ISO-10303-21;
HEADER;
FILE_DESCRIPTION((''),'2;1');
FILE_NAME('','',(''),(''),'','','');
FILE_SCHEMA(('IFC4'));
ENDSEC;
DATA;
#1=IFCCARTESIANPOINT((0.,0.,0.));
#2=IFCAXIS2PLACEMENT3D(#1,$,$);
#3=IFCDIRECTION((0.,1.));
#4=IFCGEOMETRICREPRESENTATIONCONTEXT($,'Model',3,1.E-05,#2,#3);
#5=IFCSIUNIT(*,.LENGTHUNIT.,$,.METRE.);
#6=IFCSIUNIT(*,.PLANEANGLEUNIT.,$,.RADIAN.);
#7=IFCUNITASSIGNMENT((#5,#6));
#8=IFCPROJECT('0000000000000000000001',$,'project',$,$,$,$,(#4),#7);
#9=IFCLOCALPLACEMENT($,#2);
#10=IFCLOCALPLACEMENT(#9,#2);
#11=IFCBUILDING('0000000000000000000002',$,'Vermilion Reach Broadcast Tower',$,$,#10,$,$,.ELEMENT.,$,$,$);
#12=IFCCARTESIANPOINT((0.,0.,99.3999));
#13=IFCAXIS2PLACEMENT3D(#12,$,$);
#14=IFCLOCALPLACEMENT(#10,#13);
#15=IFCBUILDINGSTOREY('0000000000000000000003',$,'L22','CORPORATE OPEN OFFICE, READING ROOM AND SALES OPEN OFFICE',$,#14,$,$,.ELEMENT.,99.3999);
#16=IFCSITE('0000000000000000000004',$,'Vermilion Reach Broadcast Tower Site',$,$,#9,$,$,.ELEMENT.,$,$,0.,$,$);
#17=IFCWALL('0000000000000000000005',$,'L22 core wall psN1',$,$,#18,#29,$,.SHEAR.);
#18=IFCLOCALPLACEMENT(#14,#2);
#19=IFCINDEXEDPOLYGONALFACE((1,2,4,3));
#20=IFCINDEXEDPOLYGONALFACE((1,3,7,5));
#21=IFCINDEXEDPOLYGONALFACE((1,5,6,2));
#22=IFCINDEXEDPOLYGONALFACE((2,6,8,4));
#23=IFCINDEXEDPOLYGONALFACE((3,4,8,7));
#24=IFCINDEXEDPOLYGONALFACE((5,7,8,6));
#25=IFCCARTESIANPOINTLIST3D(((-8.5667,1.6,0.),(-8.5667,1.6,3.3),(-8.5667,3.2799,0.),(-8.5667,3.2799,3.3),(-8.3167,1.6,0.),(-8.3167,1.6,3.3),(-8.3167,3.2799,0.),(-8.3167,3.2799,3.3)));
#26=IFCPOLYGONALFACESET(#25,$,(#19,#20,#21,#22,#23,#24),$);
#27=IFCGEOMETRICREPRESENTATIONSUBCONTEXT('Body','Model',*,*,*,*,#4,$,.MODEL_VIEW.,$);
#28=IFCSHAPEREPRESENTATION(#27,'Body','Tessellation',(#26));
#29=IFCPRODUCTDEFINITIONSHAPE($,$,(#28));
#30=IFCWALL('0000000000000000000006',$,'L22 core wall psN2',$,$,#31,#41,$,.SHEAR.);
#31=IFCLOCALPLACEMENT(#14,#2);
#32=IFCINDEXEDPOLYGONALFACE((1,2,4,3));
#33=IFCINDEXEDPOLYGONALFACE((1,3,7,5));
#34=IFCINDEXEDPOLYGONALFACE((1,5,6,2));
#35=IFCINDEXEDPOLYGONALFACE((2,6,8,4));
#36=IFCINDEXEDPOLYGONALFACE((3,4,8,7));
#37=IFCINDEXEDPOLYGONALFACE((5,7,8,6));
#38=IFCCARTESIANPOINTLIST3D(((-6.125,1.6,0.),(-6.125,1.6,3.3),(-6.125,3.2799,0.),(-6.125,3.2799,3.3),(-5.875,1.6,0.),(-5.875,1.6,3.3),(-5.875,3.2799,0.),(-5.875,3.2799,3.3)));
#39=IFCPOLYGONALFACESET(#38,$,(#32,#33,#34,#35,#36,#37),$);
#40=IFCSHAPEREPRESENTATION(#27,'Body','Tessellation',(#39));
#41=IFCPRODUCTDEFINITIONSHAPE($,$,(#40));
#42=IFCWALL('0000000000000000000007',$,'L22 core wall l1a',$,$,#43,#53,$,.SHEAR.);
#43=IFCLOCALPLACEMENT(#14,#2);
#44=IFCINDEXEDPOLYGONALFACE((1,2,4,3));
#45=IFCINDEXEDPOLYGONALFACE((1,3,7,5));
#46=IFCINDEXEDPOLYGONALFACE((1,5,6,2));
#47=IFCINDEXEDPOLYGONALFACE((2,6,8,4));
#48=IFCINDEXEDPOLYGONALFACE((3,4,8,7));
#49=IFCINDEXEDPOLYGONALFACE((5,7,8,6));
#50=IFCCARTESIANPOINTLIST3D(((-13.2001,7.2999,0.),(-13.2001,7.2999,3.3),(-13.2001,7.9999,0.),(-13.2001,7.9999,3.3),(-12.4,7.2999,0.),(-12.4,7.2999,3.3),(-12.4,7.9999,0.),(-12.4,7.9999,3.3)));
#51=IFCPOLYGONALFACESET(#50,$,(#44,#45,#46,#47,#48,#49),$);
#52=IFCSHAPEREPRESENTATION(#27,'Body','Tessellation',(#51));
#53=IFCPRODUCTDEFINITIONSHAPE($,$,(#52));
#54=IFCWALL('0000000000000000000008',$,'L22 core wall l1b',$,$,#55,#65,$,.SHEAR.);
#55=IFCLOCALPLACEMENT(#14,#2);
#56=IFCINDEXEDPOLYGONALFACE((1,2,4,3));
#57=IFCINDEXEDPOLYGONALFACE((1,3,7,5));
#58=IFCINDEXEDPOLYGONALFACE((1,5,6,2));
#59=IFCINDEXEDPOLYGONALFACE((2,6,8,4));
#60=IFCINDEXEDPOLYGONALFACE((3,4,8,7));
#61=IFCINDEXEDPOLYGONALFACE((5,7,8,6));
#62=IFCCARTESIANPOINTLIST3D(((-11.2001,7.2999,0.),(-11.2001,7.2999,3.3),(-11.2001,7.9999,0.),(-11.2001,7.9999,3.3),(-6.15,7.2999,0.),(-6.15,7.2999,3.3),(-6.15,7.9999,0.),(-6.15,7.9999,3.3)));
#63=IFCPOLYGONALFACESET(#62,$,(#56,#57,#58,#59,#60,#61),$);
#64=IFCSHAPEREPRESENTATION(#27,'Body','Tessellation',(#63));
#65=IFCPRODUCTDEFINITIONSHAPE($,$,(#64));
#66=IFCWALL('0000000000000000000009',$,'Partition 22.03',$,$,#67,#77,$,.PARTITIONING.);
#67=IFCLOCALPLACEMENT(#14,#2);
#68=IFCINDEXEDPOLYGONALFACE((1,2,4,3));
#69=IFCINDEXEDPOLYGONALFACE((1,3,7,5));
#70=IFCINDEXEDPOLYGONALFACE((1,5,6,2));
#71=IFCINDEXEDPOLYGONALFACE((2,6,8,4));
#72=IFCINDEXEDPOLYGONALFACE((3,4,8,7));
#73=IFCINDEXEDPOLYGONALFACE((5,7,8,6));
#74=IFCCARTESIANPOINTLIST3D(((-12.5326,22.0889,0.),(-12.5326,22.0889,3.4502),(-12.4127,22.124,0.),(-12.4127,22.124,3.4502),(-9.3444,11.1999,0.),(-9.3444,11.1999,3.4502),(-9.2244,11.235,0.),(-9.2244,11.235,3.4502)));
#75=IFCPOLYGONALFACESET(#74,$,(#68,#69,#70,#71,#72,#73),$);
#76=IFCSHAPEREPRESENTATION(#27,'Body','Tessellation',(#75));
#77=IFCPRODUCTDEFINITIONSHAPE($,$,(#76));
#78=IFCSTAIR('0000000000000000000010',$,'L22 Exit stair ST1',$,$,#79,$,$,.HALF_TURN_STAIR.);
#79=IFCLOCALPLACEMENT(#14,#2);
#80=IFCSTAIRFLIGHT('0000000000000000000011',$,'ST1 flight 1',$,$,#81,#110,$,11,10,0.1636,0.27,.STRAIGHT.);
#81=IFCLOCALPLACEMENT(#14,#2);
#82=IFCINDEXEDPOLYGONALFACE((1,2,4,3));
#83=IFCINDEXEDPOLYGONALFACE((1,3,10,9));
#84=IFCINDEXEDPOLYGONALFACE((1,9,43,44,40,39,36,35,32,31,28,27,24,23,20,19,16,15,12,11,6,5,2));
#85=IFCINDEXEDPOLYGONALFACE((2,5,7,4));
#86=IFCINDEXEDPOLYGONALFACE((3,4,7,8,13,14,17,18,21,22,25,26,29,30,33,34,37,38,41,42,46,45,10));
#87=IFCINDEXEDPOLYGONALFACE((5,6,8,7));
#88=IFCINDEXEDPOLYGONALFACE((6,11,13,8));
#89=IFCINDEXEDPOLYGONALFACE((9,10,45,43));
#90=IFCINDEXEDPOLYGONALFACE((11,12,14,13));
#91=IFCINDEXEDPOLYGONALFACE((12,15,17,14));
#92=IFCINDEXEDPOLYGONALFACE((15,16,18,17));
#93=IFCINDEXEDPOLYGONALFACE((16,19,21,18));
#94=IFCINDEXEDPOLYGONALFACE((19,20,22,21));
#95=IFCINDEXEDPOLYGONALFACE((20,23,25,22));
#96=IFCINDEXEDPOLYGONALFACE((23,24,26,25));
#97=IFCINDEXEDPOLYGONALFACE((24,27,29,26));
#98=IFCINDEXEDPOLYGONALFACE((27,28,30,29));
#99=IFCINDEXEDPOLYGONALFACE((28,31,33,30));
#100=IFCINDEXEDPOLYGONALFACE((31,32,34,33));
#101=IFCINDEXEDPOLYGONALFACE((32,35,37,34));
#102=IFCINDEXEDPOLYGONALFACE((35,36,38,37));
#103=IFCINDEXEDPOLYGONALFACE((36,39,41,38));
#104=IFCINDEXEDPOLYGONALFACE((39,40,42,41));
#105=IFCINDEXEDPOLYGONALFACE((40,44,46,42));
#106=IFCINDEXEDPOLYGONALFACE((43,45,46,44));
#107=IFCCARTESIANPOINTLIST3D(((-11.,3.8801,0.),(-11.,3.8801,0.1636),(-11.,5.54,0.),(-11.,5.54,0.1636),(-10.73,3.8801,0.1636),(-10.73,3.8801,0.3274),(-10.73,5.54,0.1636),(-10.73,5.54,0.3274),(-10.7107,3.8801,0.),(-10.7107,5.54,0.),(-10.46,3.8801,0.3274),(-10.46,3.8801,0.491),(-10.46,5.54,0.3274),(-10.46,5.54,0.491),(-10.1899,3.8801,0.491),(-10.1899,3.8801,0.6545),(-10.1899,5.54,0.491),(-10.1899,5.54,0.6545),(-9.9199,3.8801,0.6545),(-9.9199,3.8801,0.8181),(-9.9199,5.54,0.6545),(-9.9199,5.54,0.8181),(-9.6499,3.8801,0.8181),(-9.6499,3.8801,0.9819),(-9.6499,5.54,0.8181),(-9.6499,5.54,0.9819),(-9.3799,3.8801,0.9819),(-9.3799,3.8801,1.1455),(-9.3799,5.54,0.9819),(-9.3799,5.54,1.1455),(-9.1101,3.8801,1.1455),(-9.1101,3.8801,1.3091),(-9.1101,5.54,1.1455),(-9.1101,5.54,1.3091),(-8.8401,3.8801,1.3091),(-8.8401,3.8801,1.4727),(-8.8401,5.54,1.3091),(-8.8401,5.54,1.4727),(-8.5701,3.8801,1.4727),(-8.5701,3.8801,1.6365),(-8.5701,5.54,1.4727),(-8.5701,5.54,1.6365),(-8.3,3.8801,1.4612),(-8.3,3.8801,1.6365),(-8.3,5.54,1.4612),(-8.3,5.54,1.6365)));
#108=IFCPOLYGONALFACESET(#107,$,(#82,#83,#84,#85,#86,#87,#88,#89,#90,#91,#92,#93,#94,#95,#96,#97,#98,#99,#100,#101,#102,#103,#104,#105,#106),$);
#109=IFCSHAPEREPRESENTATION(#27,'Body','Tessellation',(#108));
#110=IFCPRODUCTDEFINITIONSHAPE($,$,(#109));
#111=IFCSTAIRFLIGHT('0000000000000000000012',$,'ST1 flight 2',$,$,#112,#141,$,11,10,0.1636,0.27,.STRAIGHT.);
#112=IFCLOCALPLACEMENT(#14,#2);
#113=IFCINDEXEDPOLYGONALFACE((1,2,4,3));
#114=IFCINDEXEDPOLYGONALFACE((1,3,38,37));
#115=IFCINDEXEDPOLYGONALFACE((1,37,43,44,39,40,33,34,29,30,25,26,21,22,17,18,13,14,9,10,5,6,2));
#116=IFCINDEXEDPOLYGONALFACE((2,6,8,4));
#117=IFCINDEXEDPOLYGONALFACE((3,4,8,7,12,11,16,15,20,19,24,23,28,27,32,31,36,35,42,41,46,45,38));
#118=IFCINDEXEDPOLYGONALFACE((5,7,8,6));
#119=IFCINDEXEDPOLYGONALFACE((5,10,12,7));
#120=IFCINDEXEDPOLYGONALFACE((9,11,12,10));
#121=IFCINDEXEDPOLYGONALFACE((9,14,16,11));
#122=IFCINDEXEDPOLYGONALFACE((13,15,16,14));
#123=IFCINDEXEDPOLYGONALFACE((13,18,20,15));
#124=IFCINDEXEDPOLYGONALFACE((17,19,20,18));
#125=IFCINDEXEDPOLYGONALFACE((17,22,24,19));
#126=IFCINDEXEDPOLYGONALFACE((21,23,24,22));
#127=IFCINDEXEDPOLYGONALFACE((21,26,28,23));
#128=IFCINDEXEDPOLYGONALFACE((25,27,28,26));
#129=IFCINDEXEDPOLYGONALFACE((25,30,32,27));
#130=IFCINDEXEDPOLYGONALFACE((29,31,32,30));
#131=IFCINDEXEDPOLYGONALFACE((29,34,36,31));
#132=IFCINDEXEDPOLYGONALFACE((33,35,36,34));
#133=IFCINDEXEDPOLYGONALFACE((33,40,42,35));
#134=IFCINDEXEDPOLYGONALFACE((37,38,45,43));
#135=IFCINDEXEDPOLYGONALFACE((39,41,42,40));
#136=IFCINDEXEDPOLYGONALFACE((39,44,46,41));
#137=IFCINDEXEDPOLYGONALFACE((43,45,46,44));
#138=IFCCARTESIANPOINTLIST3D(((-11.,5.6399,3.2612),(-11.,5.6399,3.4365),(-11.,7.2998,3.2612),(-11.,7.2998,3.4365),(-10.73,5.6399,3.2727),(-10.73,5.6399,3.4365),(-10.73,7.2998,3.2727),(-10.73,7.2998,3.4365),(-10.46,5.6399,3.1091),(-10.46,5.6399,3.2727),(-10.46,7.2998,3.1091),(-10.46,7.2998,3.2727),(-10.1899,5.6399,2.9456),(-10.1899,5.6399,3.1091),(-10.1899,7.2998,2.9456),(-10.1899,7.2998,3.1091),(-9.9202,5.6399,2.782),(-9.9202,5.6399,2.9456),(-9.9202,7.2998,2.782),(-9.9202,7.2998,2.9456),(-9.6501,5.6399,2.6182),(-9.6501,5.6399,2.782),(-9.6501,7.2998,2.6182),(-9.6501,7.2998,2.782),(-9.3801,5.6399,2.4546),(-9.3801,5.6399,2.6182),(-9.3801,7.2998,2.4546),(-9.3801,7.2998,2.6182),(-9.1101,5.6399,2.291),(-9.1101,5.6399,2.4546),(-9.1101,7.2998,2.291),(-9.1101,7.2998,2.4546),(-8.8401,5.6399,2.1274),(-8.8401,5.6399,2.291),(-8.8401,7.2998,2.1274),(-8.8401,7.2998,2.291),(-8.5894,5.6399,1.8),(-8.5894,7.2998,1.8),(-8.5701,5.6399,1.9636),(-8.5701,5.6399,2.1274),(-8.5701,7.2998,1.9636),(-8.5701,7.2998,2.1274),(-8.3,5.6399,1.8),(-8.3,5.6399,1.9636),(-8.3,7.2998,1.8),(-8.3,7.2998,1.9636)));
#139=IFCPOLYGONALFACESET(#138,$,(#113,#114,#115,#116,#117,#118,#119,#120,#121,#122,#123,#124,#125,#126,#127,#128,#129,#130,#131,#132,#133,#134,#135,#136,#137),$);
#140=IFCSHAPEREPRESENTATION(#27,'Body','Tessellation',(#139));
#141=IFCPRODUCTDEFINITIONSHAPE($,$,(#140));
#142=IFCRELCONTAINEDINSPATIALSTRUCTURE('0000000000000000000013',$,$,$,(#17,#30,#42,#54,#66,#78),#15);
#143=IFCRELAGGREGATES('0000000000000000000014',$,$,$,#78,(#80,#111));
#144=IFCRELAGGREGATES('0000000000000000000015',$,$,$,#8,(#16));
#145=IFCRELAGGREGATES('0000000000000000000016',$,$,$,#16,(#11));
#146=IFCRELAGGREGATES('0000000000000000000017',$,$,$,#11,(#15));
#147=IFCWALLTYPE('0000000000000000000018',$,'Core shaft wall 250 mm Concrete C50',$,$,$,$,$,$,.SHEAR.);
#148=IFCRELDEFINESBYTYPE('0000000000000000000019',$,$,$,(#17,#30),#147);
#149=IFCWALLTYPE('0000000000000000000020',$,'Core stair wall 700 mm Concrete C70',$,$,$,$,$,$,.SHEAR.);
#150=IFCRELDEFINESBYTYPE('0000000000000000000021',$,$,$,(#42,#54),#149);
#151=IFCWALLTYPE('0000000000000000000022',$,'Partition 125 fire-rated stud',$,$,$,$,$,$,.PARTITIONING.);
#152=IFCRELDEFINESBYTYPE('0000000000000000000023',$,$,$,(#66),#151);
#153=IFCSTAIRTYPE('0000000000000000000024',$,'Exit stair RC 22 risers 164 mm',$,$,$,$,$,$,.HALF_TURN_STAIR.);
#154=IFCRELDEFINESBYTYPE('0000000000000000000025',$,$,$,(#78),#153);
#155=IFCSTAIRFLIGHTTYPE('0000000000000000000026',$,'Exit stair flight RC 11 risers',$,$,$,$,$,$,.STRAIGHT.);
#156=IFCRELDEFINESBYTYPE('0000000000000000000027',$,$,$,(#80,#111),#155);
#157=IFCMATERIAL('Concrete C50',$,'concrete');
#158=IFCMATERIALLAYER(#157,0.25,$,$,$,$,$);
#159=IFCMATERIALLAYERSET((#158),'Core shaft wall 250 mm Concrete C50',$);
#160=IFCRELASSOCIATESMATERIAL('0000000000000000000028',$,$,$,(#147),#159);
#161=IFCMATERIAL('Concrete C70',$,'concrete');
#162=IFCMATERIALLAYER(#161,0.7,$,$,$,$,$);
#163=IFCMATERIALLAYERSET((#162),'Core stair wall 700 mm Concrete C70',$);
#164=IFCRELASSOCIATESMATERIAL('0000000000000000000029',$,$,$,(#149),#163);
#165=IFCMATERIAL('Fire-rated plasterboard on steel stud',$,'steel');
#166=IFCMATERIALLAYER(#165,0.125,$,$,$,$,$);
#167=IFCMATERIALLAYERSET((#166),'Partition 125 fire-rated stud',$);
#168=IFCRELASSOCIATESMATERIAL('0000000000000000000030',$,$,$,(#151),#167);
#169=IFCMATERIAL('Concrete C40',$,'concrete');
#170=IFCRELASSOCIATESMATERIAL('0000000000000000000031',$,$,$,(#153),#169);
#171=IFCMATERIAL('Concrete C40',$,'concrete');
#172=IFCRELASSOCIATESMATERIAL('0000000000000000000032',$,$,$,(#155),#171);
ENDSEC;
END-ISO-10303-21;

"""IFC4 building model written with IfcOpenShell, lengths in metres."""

from ifc_helpers import new_model, si_unit, direction, frame, frame_2d, origin, place, context, subcontext, project, spatial, polyline, rectangle, outline, extrude, material, layer, layer_set, type_object, element, aggregate, save


model = new_model("IFC4")

# Units and contexts
model_context = context("Model", 3, precision=1e-05, world=origin(), true_north=direction((0.0, 1.0)))
body_context = subcontext(model_context, "Body", "Model", "MODEL_VIEW")
ifc_project = project(units=[si_unit("LENGTHUNIT", "METRE"), si_unit("PLANEANGLEUNIT", "RADIAN")], contexts=[model_context])

# Site, building, storey
site_placement = place(None, origin())
site = spatial("IfcSite", under=ifc_project, at=site_placement, Name="Vermilion Reach Broadcast Tower Site", CompositionType="ELEMENT", RefElevation=0.0)
building_placement = place(site_placement, origin())
building = spatial("IfcBuilding", under=site, at=building_placement, Name="Vermilion Reach Broadcast Tower", CompositionType="ELEMENT")
storey_placement = place(building_placement, frame((0.0, 0.0, 99.3999)))
storey = spatial("IfcBuildingStorey", under=building, at=storey_placement, Name="L22", Description="CORPORATE OPEN OFFICE, READING ROOM AND SALES OPEN OFFICE", CompositionType="ELEMENT", Elevation=99.3999)

# Shared definitions
placement = place(storey_placement, origin())

# Walls
ifc_material_1 = material(Name="Concrete C50", Category="concrete")
ifc_layer_1 = layer(ifc_material_1, 0.25)
ifc_layer_set_1 = layer_set([ifc_layer_1], Name="Core shaft wall 250 mm Concrete C50")
wall_type_1 = type_object("IfcWallType", Name="Core shaft wall 250 mm Concrete C50", PredefinedType="SHEAR", material=ifc_layer_set_1)
for number, where, z_axis, x_axis, name in (
    (1, (-8.4417, 1.6001, 0.0), (0.0, 0.0, 1.0), (0.0, 1.0, 0.0), "L22 core wall psN1"),
    (2, (-6.0, 1.6001, 0.0), (0.0, 0.0, 1.0), (0.0, 1.0, 0.0), "L22 core wall psN2"),
):
    element("IfcWall", number, at=place(storey_placement, frame(where, z_axis=z_axis, x_axis=x_axis)), inside=storey, type_object=wall_type_1, Name=name, PredefinedType="SHEAR", context=body_context, shape_type="SweptSolid", body=[
        extrude(rectangle(XDim=1.6799, YDim=0.25, at=frame_2d((0.8398, 0.0))), origin(), (0.0, 0.0, 1.0), 3.3),
    ])
ifc_material_2 = material(Name="Concrete C70", Category="concrete")
ifc_layer_2 = layer(ifc_material_2, 0.7)
ifc_layer_set_2 = layer_set([ifc_layer_2], Name="Core stair wall 700 mm Concrete C70")
wall_type_2 = type_object("IfcWallType", Name="Core stair wall 700 mm Concrete C70", PredefinedType="SHEAR", material=ifc_layer_set_2)
wall_1_placement = place(storey_placement, frame((-13.2, 7.6499, 0.0), z_axis=(0.0, 0.0, 1.0), x_axis=(1.0, 0.0, 0.0)))
element("IfcWall", 3, at=wall_1_placement, inside=storey, type_object=wall_type_2, Name="L22 core wall l1a", PredefinedType="SHEAR", context=body_context, shape_type="SweptSolid", body=[
    extrude(rectangle(XDim=0.8, YDim=0.7, at=frame_2d((0.3999, 0.0))), origin(), (0.0, 0.0, 1.0), 3.3),
])
wall_2_placement = place(storey_placement, frame((-11.2, 7.6499, 0.0), z_axis=(0.0, 0.0, 1.0), x_axis=(1.0, 0.0, 0.0)))
element("IfcWall", 4, at=wall_2_placement, inside=storey, type_object=wall_type_2, Name="L22 core wall l1b", PredefinedType="SHEAR", context=body_context, shape_type="SweptSolid", body=[
    extrude(rectangle(XDim=5.05, YDim=0.7, at=frame_2d((2.5249, 0.0))), origin(), (0.0, 0.0, 1.0), 3.3),
])
ifc_material_3 = material(Name="Fire-rated plasterboard on steel stud", Category="steel")
ifc_layer_3 = layer(ifc_material_3, 0.125)
ifc_layer_set_3 = layer_set([ifc_layer_3], Name="Partition 125 fire-rated stud")
wall_type_3 = type_object("IfcWallType", Name="Partition 125 fire-rated stud", PredefinedType="PARTITIONING", material=ifc_layer_set_3)
wall_3_placement = place(storey_placement, frame((-12.4727, 22.1064, 0.0), z_axis=(0.0, 0.0, 1.0), x_axis=(0.280999, -0.959708, 0.0)))
element("IfcWall", 5, at=wall_3_placement, inside=storey, type_object=wall_type_3, Name="Partition 22.03", PredefinedType="PARTITIONING", context=body_context, shape_type="SweptSolid", body=[
    extrude(rectangle(XDim=11.3462, YDim=0.125, at=frame_2d((5.6731, 0.0))), origin(), (0.0, 0.0, 1.0), 3.4502),
])

# Stair, stair flights
ifc_material_4 = material(Name="Concrete C40", Category="concrete")
stair_type = type_object("IfcStairType", Name="Exit stair RC 22 risers 164 mm", PredefinedType="HALF_TURN_STAIR", material=ifc_material_4)
stair = element("IfcStair", 6, at=placement, inside=storey, type_object=stair_type, Name="L22 Exit stair ST1", PredefinedType="HALF_TURN_STAIR")
ifc_material_5 = material(Name="Concrete C40", Category="concrete")
stair_flight_type = type_object("IfcStairFlightType", Name="Exit stair flight RC 11 risers", PredefinedType="STRAIGHT", material=ifc_material_5)
stair_flight_1_placement = place(storey_placement, frame((-11.0, 4.71, 0.0), z_axis=(0.0, 0.0, 1.0), x_axis=(1.0, 0.0, 0.0)))
stair_flight_1 = element("IfcStairFlight", 7, at=stair_flight_1_placement, type_object=stair_flight_type, Name="ST1 flight 1", NumberOfRisers=11, NumberOfTreads=10, PredefinedType="STRAIGHT", RiserHeight=0.1636, TreadLength=0.27, context=body_context, shape_type="SweptSolid", body=[
    extrude(outline(polyline([(0.0, 0.0), (0.0, 0.1636), (0.27, 0.1636), (0.27, 0.3274), (0.54, 0.3274), (0.54, 0.491), (0.8101, 0.491), (0.8101, 0.6545), (1.0801, 0.6545), (1.0801, 0.8181), (1.3501, 0.8181), (1.3501, 0.9819), (1.6201, 0.9819), (1.6201, 1.1455), (1.8899, 1.1455), (1.8899, 1.3091), (2.1599, 1.3091), (2.1599, 1.4727), (2.4299, 1.4727), (2.4299, 1.6365), (2.7, 1.6365), (2.7, 1.8), (2.7, 1.4612), (0.2893, 0.0), (0.0, 0.0)])), frame((0.0, 0.8301, 0.0), z_axis=(0.0, -1.0, 0.0), x_axis=(1.0, 0.0, 0.0)), (0.0, 0.0, 1.0), 1.6599),
])
stair_flight_2_placement = place(storey_placement, frame((-8.3, 6.47, 1.8), z_axis=(0.0, 0.0, 1.0), x_axis=(-1.0, 0.0, 0.0)))
stair_flight_2 = element("IfcStairFlight", 8, at=stair_flight_2_placement, type_object=stair_flight_type, Name="ST1 flight 2", NumberOfRisers=11, NumberOfTreads=10, PredefinedType="STRAIGHT", RiserHeight=0.1636, TreadLength=0.27, context=body_context, shape_type="SweptSolid", body=[
    extrude(outline(polyline([(0.0, 0.0), (0.0, 0.1636), (0.27, 0.1636), (0.27, 0.3274), (0.54, 0.3274), (0.54, 0.491), (0.8101, 0.491), (0.8101, 0.6545), (1.0801, 0.6545), (1.0801, 0.8181), (1.3501, 0.8181), (1.3501, 0.9819), (1.6201, 0.9819), (1.6201, 1.1455), (1.8899, 1.1455), (1.8899, 1.3091), (2.1599, 1.3091), (2.1599, 1.4727), (2.4299, 1.4727), (2.4299, 1.6365), (2.7, 1.6365), (2.7, 1.8), (2.7, 1.4612), (0.2893, 0.0), (0.0, 0.0)])), frame((0.0, 0.8301, 0.0), z_axis=(0.0, -1.0, 0.0), x_axis=(1.0, 0.0, 0.0)), (0.0, 0.0, 1.0), 1.6599),
])
aggregate(stair, [stair_flight_1, stair_flight_2])

save(model, "model.ifc")
